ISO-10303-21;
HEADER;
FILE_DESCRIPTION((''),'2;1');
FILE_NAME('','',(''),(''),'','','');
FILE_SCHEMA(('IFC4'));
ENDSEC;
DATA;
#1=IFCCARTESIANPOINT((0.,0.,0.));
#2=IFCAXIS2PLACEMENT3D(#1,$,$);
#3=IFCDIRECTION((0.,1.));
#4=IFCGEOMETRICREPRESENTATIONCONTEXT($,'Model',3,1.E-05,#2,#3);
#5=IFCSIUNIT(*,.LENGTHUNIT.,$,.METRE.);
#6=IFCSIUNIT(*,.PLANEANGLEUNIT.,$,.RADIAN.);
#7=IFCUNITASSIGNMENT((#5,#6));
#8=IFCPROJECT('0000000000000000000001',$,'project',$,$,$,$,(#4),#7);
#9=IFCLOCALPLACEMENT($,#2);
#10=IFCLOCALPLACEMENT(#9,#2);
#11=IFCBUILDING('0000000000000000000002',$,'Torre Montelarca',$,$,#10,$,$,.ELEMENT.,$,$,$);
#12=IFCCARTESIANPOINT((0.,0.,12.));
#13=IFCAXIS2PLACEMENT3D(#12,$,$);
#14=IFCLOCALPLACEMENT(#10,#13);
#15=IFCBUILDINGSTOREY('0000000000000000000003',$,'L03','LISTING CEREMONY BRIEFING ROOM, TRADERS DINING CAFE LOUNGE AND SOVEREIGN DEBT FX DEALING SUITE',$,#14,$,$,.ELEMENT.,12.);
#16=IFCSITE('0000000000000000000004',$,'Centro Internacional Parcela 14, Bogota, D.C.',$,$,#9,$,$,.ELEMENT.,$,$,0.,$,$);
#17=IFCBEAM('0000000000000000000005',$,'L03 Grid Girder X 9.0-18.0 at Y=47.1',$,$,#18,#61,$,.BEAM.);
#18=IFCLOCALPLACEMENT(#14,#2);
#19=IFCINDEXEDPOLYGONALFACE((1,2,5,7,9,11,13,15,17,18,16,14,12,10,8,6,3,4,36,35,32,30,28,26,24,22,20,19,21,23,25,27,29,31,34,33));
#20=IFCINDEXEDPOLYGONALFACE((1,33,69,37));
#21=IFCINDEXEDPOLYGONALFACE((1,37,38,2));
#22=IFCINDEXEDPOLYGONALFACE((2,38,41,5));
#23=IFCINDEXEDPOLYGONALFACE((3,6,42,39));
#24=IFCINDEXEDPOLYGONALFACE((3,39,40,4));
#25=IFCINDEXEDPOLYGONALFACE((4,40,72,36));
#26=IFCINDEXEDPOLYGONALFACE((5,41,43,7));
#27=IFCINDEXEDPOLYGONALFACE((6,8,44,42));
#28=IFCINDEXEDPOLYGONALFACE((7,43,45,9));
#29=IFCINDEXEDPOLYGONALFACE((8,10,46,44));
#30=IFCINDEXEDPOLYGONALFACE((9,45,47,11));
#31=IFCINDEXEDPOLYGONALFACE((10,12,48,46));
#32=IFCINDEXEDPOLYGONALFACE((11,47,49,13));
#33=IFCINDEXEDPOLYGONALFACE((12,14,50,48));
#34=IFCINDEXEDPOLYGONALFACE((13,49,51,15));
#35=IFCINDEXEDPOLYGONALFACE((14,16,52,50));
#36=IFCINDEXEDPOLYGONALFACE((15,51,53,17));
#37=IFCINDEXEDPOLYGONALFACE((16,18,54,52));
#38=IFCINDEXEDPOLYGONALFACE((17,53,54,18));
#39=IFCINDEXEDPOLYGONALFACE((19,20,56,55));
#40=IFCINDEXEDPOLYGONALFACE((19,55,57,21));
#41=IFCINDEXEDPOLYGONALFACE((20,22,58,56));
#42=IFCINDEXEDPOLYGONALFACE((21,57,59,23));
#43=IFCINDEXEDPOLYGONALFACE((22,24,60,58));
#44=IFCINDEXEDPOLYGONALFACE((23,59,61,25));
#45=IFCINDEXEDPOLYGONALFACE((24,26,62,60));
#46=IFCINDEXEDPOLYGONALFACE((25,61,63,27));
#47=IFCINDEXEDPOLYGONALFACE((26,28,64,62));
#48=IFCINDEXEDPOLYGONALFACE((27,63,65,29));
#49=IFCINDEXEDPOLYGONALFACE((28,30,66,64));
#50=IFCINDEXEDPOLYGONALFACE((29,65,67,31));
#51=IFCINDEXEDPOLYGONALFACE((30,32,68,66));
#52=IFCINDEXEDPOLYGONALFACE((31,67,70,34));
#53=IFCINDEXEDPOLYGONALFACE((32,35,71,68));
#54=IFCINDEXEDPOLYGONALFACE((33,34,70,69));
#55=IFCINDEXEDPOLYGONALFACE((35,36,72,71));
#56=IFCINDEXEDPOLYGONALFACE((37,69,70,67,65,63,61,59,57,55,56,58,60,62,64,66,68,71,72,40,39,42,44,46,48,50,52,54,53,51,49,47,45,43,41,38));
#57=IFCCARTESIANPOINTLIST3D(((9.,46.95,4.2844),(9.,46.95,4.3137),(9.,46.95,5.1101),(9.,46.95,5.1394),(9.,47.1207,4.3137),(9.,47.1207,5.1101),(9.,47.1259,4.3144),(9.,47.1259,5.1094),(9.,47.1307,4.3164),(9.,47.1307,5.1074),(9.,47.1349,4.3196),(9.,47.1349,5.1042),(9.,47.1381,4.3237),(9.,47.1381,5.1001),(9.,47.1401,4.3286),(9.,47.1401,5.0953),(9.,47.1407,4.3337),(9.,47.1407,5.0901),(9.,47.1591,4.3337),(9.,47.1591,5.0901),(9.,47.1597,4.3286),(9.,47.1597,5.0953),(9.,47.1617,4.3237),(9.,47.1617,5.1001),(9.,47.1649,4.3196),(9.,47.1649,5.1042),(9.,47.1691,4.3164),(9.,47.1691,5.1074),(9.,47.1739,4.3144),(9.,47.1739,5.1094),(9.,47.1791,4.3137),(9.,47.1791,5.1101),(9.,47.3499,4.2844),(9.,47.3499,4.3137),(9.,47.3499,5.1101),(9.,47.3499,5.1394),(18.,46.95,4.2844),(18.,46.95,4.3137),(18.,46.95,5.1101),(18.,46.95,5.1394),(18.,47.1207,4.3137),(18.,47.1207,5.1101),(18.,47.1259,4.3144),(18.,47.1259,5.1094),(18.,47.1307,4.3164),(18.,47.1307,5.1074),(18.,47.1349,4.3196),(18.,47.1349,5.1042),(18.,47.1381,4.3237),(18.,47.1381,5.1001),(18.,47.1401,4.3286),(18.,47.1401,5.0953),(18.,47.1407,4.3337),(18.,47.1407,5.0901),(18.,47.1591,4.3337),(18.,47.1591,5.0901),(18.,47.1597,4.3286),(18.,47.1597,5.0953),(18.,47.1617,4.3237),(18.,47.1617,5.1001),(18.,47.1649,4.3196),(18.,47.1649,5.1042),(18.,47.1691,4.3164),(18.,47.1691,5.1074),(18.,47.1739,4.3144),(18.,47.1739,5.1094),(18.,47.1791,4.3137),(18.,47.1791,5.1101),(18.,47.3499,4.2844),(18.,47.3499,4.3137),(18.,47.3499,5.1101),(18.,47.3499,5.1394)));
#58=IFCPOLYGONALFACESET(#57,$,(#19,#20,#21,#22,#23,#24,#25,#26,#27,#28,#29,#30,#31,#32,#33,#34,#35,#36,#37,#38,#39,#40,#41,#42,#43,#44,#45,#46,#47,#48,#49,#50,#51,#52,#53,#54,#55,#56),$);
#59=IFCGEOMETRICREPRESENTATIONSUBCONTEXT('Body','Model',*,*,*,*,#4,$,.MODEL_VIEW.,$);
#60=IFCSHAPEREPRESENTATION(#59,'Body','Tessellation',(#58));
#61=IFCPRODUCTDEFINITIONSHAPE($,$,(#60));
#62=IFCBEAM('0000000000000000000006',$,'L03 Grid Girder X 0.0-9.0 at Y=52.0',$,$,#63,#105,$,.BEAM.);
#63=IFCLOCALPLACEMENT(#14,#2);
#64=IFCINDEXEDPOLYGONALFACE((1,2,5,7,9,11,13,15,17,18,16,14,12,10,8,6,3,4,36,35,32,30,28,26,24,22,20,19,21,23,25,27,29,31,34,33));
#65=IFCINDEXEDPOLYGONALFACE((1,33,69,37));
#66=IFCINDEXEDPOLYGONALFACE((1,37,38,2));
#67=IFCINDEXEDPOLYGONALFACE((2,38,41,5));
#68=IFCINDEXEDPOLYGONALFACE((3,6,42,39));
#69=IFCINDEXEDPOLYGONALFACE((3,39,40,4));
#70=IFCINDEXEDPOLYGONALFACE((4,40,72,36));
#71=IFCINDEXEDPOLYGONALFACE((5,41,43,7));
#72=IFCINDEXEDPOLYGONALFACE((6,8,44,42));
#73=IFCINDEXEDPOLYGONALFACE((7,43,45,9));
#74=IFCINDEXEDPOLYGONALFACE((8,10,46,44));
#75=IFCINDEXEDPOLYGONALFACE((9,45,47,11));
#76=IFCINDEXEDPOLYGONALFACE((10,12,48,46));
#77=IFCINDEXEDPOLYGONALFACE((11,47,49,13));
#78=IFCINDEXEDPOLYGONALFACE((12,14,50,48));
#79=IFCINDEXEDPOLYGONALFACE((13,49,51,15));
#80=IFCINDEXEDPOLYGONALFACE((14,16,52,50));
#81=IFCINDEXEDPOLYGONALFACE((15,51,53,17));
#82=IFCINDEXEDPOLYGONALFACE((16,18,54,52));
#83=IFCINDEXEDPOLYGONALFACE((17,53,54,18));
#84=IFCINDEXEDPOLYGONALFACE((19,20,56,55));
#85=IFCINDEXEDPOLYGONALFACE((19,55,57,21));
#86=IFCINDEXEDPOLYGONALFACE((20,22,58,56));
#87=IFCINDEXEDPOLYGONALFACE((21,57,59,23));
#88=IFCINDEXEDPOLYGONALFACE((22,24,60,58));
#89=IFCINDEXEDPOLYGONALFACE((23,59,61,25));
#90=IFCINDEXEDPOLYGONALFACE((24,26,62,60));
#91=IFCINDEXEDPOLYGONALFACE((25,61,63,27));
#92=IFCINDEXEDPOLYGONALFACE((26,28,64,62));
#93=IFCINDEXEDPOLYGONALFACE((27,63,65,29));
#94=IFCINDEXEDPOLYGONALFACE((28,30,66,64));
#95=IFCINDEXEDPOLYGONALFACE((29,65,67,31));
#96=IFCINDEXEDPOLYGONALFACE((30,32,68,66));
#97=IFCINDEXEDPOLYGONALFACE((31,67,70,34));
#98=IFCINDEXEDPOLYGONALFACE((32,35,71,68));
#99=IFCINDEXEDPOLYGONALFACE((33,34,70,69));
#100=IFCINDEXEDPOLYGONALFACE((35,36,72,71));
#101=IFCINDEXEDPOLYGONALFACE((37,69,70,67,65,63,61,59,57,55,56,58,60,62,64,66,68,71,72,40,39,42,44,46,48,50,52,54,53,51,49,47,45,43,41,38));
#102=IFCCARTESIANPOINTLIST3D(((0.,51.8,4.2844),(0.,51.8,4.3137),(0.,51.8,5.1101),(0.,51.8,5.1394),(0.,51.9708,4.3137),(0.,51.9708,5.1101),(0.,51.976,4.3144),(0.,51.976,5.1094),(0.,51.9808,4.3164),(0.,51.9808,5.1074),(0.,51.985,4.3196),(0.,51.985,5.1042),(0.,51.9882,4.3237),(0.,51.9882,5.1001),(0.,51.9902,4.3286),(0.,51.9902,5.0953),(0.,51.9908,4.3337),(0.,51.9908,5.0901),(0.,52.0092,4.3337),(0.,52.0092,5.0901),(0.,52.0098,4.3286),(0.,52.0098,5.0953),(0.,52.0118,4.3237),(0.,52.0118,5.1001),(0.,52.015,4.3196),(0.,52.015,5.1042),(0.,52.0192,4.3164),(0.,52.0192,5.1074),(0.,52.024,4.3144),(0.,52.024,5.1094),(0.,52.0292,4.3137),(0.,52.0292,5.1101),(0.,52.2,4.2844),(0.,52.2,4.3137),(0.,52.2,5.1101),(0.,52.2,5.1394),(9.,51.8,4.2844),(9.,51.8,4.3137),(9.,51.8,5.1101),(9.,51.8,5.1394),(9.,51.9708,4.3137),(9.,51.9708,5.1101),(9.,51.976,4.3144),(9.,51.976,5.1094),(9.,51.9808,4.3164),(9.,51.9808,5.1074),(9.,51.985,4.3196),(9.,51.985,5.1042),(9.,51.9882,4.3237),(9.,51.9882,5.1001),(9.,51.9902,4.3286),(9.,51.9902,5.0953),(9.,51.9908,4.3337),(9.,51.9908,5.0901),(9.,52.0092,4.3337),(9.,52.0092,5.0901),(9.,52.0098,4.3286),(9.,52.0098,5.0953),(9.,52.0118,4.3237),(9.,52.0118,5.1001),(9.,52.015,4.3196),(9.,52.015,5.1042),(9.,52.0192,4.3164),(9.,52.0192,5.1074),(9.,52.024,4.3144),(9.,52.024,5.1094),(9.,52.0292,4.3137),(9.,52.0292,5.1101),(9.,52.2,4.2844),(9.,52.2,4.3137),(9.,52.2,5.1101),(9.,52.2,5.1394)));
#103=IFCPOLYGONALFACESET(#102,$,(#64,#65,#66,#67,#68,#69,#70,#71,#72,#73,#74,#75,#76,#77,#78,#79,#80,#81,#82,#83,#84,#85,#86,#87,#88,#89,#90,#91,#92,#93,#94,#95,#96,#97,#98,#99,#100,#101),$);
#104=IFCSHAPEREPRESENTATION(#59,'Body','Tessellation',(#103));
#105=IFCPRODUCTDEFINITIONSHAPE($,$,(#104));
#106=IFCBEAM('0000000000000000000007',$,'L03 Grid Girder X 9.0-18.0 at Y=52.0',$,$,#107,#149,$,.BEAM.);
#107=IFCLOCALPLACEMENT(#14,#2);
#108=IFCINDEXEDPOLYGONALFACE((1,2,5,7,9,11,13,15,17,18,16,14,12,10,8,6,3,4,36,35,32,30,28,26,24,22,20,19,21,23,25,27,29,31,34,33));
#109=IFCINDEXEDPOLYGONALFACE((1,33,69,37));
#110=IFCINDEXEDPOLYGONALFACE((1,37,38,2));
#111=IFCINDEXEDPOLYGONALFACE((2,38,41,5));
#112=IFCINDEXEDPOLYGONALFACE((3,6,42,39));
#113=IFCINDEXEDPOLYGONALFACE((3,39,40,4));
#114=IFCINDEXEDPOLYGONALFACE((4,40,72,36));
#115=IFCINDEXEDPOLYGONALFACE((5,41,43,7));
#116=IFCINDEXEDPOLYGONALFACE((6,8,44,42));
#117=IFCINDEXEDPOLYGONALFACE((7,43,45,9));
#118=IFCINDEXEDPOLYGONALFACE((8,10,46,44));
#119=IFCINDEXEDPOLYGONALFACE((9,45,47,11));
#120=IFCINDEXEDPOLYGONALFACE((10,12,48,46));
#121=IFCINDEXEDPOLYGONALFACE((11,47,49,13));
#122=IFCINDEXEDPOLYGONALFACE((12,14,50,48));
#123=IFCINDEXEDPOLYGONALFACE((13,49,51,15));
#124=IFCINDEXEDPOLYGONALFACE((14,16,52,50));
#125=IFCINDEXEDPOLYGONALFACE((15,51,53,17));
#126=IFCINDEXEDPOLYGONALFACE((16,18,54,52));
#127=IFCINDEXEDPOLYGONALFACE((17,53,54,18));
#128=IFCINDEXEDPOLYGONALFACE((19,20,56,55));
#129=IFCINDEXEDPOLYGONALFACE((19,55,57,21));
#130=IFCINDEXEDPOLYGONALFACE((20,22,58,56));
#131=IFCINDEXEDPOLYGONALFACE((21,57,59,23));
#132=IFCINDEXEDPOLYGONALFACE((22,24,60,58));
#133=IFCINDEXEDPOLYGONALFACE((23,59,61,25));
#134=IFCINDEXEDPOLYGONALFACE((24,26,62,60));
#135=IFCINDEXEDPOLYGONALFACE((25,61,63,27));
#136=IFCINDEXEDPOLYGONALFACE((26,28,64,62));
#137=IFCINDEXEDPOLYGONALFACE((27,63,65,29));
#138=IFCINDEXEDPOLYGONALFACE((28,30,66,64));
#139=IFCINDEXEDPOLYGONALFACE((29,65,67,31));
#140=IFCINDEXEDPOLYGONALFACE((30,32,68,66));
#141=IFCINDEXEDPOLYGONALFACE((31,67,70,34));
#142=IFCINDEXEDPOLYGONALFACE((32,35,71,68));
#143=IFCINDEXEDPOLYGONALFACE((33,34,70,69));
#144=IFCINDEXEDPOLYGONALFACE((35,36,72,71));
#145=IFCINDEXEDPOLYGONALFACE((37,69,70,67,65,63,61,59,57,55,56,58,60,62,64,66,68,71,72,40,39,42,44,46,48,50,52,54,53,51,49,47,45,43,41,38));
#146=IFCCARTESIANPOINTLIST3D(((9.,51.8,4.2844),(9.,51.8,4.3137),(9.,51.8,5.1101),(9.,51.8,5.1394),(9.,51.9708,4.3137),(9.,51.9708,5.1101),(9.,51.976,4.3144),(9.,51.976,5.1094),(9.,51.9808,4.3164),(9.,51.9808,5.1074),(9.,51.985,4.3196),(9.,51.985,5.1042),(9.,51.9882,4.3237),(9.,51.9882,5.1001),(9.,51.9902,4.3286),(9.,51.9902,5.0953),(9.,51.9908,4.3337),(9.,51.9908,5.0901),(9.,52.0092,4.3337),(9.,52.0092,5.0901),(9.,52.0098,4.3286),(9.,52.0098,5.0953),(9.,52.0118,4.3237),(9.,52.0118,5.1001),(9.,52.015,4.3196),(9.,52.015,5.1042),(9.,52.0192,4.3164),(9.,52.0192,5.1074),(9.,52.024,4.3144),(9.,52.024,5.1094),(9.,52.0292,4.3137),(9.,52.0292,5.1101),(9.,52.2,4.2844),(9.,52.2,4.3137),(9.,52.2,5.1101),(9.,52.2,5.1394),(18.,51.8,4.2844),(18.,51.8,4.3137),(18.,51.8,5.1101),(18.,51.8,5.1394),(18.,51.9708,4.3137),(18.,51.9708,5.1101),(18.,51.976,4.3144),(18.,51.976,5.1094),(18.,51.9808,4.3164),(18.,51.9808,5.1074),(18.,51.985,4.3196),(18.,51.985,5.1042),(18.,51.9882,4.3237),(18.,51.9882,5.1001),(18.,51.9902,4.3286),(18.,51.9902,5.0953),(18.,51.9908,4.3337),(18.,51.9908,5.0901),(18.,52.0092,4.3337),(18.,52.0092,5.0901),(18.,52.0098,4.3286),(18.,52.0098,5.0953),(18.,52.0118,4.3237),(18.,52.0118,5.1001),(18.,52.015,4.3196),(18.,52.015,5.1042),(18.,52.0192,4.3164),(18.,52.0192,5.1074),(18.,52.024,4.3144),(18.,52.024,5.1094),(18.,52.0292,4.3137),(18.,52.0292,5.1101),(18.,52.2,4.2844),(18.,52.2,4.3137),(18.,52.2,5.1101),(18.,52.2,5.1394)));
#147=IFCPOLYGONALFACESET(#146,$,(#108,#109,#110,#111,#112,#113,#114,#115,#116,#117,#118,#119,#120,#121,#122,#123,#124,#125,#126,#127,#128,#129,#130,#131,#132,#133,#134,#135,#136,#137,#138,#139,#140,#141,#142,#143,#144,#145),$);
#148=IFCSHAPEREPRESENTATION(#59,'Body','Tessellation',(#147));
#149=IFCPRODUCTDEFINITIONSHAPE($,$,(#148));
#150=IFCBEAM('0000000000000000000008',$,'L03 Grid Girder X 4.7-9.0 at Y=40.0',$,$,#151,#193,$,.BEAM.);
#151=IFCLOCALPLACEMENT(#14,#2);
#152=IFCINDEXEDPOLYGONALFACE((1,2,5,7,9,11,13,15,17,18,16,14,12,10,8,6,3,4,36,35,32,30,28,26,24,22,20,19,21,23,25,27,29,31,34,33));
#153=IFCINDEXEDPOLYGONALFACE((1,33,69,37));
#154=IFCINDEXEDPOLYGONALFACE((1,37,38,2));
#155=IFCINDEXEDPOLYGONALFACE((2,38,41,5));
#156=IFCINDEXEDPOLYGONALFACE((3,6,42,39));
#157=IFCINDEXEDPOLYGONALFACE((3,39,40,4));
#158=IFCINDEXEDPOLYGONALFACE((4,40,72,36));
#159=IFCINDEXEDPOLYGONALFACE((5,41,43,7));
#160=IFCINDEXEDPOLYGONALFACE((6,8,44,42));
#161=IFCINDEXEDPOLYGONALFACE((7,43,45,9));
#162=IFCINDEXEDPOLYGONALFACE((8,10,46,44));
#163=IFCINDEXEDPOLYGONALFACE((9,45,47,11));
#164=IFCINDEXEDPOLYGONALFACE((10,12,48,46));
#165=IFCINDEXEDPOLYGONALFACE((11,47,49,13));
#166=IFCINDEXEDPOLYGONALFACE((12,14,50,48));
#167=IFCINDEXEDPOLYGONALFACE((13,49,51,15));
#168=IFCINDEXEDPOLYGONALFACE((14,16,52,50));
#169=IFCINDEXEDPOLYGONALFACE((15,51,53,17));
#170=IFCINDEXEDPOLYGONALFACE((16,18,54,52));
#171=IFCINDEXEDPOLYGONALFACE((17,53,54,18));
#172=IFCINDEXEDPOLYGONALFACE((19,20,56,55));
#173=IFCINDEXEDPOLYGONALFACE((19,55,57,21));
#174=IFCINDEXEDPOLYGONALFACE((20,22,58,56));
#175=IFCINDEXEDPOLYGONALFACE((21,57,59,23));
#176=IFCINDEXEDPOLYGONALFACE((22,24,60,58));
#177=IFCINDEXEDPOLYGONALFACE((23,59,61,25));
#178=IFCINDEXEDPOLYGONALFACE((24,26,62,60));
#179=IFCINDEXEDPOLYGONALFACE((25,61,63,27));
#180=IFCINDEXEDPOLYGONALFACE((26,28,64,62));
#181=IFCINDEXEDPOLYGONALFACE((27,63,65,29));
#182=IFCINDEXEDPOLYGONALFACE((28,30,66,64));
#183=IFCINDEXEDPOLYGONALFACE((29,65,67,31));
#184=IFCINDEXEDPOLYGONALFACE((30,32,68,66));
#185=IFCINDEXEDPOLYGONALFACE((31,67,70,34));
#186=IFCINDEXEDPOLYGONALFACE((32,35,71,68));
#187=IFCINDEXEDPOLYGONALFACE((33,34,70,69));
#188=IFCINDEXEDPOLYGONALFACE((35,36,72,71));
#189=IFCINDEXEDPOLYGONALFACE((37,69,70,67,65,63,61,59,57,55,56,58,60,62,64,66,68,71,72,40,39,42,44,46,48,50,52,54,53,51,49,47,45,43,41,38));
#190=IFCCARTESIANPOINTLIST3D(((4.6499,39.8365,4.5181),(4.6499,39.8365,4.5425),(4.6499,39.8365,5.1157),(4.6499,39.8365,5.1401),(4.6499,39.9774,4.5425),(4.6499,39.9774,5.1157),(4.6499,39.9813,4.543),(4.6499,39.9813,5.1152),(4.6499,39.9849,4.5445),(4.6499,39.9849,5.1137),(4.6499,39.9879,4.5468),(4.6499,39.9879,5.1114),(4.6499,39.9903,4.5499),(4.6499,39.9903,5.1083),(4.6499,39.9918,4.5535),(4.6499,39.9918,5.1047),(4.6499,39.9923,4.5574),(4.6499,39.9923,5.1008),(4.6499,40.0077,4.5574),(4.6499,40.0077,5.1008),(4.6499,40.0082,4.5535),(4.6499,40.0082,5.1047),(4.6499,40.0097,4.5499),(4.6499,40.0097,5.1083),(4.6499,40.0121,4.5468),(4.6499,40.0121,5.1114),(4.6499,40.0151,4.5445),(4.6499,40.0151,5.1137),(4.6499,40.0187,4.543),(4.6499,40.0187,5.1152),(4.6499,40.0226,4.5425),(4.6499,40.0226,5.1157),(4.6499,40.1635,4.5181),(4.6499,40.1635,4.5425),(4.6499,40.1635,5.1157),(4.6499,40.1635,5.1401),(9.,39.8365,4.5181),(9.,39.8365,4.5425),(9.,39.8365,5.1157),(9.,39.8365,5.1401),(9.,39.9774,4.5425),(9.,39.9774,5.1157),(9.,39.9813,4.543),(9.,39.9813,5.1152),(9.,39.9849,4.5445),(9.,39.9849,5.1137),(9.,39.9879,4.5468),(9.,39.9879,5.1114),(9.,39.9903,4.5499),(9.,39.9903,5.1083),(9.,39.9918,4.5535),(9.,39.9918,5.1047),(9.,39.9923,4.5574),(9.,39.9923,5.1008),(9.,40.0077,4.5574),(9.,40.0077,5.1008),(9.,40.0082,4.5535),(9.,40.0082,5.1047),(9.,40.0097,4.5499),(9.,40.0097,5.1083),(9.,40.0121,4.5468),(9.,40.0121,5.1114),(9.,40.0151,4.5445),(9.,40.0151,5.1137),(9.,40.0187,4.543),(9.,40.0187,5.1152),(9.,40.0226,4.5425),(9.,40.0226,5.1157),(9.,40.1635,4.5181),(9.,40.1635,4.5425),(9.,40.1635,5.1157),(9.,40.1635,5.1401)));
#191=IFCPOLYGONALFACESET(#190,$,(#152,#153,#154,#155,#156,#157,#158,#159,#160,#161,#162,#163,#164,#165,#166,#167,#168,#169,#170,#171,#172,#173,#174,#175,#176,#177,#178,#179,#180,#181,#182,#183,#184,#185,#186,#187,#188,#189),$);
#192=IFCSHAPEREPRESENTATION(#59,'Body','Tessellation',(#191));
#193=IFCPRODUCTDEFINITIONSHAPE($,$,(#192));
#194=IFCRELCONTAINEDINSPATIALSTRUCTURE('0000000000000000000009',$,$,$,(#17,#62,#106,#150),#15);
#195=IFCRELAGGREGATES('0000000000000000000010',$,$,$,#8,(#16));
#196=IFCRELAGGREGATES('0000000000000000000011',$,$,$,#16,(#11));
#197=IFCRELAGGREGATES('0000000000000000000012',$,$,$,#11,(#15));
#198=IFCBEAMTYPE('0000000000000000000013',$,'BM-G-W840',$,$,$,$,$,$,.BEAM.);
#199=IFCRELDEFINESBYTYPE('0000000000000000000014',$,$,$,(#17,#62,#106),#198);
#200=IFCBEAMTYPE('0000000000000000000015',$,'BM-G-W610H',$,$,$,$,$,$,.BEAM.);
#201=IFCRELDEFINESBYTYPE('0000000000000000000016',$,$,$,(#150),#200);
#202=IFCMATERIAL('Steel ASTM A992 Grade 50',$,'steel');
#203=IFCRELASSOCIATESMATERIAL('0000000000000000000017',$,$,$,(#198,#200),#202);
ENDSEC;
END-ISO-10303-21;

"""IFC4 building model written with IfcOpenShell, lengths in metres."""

from ifc_helpers import new_model, si_unit, direction, frame, origin, origin_2d, place, context, subcontext, project, spatial, i_section, extrude, source, transform, mapped, material, material_profile, profile_set, type_object, element, save


model = new_model("IFC4")

# Units and contexts
model_context = context("Model", 3, precision=1e-05, world=origin(), true_north=direction((0.0, 1.0)))
body_context = subcontext(model_context, "Body", "Model", "MODEL_VIEW")
ifc_project = project(units=[si_unit("LENGTHUNIT", "METRE"), si_unit("PLANEANGLEUNIT", "RADIAN")], contexts=[model_context])

# Site, building, storey
site_placement = place(None, origin())
site = spatial("IfcSite", under=ifc_project, at=site_placement, Name="Centro Internacional Parcela 14, Bogota, D.C.", CompositionType="ELEMENT", RefElevation=0.0)
building_placement = place(site_placement, origin())
building = spatial("IfcBuilding", under=site, at=building_placement, Name="Torre Montelarca", CompositionType="ELEMENT")
storey_placement = place(building_placement, frame((0.0, 0.0, 12.0)))
storey = spatial("IfcBuildingStorey", under=building, at=storey_placement, Name="L03", Description="LISTING CEREMONY BRIEFING ROOM, TRADERS DINING CAFE LOUNGE AND SOVEREIGN DEBT FX DEALING SUITE", CompositionType="ELEMENT", Elevation=12.0)

# Beams
ifc_material_1 = material(Name="Steel ASTM A992 Grade 50", Category="steel")
ifc_material_profile_1 = material_profile(ifc_material_1, i_section(OverallWidth=0.3999, OverallDepth=0.855, WebThickness=0.0183, FlangeThickness=0.0293, FilletRadius=0.02, at=origin_2d()), Name="W840X299", Category="steel")
ifc_profile_set_1 = profile_set([ifc_material_profile_1], Name="Steel ASTM A992 Grade 50")
beam_type_1 = type_object("IfcBeamType", Name="BM-G-W840", PredefinedType="BEAM", material=ifc_profile_set_1)
shared_shape_1 = source(origin(), body_context, "Body", "SweptSolid", [
    extrude(i_section(OverallWidth=0.3999, OverallDepth=0.855, WebThickness=0.0183, FlangeThickness=0.0293, FilletRadius=0.02, at=origin_2d()), origin(), (0.0, 0.0, 1.0), 9.0),
])
for number, where, z_axis, x_axis, name in (
    (1, (9.0, 47.1499, 4.7119), (1.0, 0.0, 0.0), (0.0, 1.0, 0.0), "L03 Grid Girder X 9.0-18.0 at Y=47.1"),
    (2, (0.0, 52.0, 4.7119), (1.0, 0.0, 0.0), (0.0, 1.0, 0.0), "L03 Grid Girder X 0.0-9.0 at Y=52.0"),
    (3, (9.0, 52.0, 4.7119), (1.0, 0.0, 0.0), (0.0, 1.0, 0.0), "L03 Grid Girder X 9.0-18.0 at Y=52.0"),
):
    element("IfcBeam", number, at=place(storey_placement, frame(where, z_axis=z_axis, x_axis=x_axis)), inside=storey, type_object=beam_type_1, Name=name, PredefinedType="BEAM", context=body_context, shape_type="MappedRepresentation", body=[
        mapped(shared_shape_1, transform((0.0, 0.0, 0.0), scale=1.0)),
    ])
ifc_material_profile_2 = material_profile(ifc_material_1, i_section(OverallWidth=0.3269, OverallDepth=0.6221, WebThickness=0.0154, FlangeThickness=0.0244, FilletRadius=0.0149, at=origin_2d()), Name="W610X195", Category="steel")
ifc_profile_set_2 = profile_set([ifc_material_profile_2], Name="Steel ASTM A992 Grade 50")
beam_type_2 = type_object("IfcBeamType", Name="BM-G-W610H", PredefinedType="BEAM", material=ifc_profile_set_2)
shared_shape_2 = source(origin(), body_context, "Body", "SweptSolid", [
    extrude(i_section(OverallWidth=0.3269, OverallDepth=0.6221, WebThickness=0.0154, FlangeThickness=0.0244, FilletRadius=0.0149, at=origin_2d()), origin(), (0.0, 0.0, 1.0), 4.3501),
])
for number, where, z_axis, x_axis, name in (
    (4, (4.6499, 40.0, 4.8291), (1.0, 0.0, 0.0), (0.0, 1.0, 0.0), "L03 Grid Girder X 4.7-9.0 at Y=40.0"),
):
    element("IfcBeam", number, at=place(storey_placement, frame(where, z_axis=z_axis, x_axis=x_axis)), inside=storey, type_object=beam_type_2, Name=name, PredefinedType="BEAM", context=body_context, shape_type="MappedRepresentation", body=[
        mapped(shared_shape_2, transform((0.0, 0.0, 0.0), scale=1.0)),
    ])

save(model, "model.ifc")
